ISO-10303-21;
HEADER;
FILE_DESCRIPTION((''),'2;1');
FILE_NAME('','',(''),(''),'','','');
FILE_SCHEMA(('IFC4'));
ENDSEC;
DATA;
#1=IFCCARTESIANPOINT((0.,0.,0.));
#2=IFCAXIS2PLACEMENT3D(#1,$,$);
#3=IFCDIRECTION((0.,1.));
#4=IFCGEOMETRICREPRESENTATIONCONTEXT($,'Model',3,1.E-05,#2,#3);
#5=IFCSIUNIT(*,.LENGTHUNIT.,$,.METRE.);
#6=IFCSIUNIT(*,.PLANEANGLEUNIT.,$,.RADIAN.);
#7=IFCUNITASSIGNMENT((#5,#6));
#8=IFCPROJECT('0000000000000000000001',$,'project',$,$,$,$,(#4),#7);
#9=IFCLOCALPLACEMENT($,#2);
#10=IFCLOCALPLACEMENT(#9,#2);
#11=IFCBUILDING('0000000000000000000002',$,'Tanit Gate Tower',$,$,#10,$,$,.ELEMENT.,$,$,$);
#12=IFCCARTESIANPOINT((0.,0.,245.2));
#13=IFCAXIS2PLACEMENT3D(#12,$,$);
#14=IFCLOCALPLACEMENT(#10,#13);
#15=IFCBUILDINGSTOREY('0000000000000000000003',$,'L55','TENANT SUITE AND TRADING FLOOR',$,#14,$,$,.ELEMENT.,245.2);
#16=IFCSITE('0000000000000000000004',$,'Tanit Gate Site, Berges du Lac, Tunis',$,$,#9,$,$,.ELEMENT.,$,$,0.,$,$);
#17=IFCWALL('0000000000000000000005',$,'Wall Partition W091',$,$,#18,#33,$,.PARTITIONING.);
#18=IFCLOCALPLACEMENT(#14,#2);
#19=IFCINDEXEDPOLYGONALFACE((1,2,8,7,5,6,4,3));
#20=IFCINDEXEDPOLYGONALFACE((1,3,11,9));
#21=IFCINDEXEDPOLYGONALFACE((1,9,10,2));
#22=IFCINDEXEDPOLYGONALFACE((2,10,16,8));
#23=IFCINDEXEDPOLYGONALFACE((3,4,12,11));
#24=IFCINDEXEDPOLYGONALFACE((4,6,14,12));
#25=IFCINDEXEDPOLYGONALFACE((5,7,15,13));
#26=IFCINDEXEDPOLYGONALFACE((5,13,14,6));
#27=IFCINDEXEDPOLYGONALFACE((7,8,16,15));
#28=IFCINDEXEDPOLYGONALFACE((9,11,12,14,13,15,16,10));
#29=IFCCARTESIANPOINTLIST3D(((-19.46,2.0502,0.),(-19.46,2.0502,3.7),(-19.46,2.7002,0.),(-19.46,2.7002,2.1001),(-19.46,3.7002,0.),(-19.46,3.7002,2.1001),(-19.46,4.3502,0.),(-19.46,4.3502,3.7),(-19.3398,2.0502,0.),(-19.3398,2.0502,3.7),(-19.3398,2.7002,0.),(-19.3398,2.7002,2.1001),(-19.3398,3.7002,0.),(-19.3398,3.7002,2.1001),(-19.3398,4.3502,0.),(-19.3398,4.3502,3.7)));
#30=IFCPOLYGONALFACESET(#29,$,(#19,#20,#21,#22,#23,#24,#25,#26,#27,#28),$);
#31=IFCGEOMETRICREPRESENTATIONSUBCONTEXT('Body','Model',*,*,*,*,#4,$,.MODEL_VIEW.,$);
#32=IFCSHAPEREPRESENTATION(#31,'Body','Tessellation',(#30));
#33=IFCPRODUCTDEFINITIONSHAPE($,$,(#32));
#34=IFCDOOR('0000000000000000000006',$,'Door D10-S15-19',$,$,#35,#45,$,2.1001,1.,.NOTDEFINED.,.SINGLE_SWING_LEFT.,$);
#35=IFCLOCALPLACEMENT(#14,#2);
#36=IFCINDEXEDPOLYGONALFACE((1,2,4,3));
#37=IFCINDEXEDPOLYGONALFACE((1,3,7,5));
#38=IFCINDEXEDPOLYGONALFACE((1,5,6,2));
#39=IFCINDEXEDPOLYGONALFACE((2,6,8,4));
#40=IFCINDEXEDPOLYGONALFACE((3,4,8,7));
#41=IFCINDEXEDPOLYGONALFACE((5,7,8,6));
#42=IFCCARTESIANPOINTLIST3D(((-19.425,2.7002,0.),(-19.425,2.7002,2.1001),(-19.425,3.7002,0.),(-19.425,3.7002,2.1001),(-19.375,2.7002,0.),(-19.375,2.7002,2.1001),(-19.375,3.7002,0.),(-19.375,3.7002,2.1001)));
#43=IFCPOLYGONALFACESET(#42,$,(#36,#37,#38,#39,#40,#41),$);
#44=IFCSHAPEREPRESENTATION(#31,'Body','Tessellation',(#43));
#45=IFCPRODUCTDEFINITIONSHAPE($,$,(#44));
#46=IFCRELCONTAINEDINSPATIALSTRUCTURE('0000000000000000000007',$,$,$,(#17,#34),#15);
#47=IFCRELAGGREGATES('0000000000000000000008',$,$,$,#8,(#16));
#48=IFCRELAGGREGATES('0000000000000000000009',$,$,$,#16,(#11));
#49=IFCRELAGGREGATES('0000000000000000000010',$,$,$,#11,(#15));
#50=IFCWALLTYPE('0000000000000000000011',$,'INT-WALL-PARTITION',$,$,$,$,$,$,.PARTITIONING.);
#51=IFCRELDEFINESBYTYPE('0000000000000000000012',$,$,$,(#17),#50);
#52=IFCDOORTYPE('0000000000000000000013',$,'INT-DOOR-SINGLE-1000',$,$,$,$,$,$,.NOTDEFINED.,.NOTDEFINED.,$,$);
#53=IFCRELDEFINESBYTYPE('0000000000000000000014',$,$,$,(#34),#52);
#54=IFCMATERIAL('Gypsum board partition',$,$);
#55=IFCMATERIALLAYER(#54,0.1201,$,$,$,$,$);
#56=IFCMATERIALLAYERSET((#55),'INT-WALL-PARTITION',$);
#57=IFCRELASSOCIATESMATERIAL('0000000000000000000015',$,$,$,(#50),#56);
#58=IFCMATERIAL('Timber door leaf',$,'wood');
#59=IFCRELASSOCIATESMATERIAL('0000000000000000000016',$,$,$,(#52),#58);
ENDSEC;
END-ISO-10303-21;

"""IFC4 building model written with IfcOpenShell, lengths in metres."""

from ifc_helpers import new_model, si_unit, direction, frame, frame_2d, origin, place, context, subcontext, project, spatial, rectangle, extrude, material, layer, layer_set, type_object, element, fill, save


model = new_model("IFC4")

# Units and contexts
model_context = context("Model", 3, precision=1e-05, world=origin(), true_north=direction((0.0, 1.0)))
body_context = subcontext(model_context, "Body", "Model", "MODEL_VIEW")
ifc_project = project(units=[si_unit("LENGTHUNIT", "METRE"), si_unit("PLANEANGLEUNIT", "RADIAN")], contexts=[model_context])

# Site, building, storey
site_placement = place(None, origin())
site = spatial("IfcSite", under=ifc_project, at=site_placement, Name="Tanit Gate Site, Berges du Lac, Tunis", CompositionType="ELEMENT", RefElevation=0.0)
building_placement = place(site_placement, origin())
building = spatial("IfcBuilding", under=site, at=building_placement, Name="Tanit Gate Tower", CompositionType="ELEMENT")
storey_placement = place(building_placement, frame((0.0, 0.0, 245.2)))
storey = spatial("IfcBuildingStorey", under=building, at=storey_placement, Name="L55", Description="TENANT SUITE AND TRADING FLOOR", CompositionType="ELEMENT", Elevation=245.2)

# Wall, opening, door
ifc_material_1 = material(Name="Gypsum board partition")
ifc_layer_1 = layer(ifc_material_1, 0.1201)
ifc_layer_set_1 = layer_set([ifc_layer_1], Name="INT-WALL-PARTITION")
wall_type_1 = type_object("IfcWallType", Name="INT-WALL-PARTITION", PredefinedType="PARTITIONING", material=ifc_layer_set_1)
wall_1_placement = place(storey_placement, frame((-19.3999, 4.3501, 0.0), z_axis=(0.0, 0.0, 1.0), x_axis=(0.0, -1.0, 0.0)))
wall_1 = element("IfcWall", 1, at=wall_1_placement, inside=storey, type_object=wall_type_1, Name="Wall Partition W091", PredefinedType="PARTITIONING", context=body_context, shape_type="SweptSolid", body=[
    extrude(rectangle(XDim=2.3, YDim=0.1201, at=frame_2d((1.1499, 0.0))), origin(), (0.0, 0.0, 1.0), 3.7),
])
opening_1_placement = place(wall_1_placement, frame((0.6499, 0.0, 0.0)))
opening_1 = element("IfcOpeningElement", 2, at=opening_1_placement, cuts=wall_1, PredefinedType="OPENING", context=body_context, shape_type="SweptSolid", body=[
    extrude(rectangle(XDim=1.0, YDim=2.1001, at=frame_2d((0.5, 1.05))), frame((0.0, 0.0701, 0.0), z_axis=(0.0, -1.0, 0.0), x_axis=(1.0, 0.0, 0.0)), (0.0, 0.0, 1.0), 0.1401),
])
ifc_material_2 = material(Name="Timber door leaf", Category="wood")
door_type_1 = type_object("IfcDoorType", Name="INT-DOOR-SINGLE-1000", OperationType="NOTDEFINED", PredefinedType="NOTDEFINED", material=ifc_material_2)
door_1_placement = place(opening_1_placement, origin())
door_1 = element("IfcDoor", 3, at=door_1_placement, inside=storey, type_object=door_type_1, Name="Door D10-S15-19", OperationType="SINGLE_SWING_LEFT", OverallHeight=2.1001, OverallWidth=1.0, PredefinedType="NOTDEFINED", context=body_context, shape_type="SweptSolid", body=[
    extrude(rectangle(XDim=1.0, YDim=2.1001, at=frame_2d((0.5, 1.05))), frame((0.0, 0.0249, 0.0), z_axis=(0.0, -1.0, 0.0), x_axis=(1.0, 0.0, 0.0)), (0.0, 0.0, 1.0), 0.05),
])
fill(opening_1, door_1)

save(model, "model.ifc")
